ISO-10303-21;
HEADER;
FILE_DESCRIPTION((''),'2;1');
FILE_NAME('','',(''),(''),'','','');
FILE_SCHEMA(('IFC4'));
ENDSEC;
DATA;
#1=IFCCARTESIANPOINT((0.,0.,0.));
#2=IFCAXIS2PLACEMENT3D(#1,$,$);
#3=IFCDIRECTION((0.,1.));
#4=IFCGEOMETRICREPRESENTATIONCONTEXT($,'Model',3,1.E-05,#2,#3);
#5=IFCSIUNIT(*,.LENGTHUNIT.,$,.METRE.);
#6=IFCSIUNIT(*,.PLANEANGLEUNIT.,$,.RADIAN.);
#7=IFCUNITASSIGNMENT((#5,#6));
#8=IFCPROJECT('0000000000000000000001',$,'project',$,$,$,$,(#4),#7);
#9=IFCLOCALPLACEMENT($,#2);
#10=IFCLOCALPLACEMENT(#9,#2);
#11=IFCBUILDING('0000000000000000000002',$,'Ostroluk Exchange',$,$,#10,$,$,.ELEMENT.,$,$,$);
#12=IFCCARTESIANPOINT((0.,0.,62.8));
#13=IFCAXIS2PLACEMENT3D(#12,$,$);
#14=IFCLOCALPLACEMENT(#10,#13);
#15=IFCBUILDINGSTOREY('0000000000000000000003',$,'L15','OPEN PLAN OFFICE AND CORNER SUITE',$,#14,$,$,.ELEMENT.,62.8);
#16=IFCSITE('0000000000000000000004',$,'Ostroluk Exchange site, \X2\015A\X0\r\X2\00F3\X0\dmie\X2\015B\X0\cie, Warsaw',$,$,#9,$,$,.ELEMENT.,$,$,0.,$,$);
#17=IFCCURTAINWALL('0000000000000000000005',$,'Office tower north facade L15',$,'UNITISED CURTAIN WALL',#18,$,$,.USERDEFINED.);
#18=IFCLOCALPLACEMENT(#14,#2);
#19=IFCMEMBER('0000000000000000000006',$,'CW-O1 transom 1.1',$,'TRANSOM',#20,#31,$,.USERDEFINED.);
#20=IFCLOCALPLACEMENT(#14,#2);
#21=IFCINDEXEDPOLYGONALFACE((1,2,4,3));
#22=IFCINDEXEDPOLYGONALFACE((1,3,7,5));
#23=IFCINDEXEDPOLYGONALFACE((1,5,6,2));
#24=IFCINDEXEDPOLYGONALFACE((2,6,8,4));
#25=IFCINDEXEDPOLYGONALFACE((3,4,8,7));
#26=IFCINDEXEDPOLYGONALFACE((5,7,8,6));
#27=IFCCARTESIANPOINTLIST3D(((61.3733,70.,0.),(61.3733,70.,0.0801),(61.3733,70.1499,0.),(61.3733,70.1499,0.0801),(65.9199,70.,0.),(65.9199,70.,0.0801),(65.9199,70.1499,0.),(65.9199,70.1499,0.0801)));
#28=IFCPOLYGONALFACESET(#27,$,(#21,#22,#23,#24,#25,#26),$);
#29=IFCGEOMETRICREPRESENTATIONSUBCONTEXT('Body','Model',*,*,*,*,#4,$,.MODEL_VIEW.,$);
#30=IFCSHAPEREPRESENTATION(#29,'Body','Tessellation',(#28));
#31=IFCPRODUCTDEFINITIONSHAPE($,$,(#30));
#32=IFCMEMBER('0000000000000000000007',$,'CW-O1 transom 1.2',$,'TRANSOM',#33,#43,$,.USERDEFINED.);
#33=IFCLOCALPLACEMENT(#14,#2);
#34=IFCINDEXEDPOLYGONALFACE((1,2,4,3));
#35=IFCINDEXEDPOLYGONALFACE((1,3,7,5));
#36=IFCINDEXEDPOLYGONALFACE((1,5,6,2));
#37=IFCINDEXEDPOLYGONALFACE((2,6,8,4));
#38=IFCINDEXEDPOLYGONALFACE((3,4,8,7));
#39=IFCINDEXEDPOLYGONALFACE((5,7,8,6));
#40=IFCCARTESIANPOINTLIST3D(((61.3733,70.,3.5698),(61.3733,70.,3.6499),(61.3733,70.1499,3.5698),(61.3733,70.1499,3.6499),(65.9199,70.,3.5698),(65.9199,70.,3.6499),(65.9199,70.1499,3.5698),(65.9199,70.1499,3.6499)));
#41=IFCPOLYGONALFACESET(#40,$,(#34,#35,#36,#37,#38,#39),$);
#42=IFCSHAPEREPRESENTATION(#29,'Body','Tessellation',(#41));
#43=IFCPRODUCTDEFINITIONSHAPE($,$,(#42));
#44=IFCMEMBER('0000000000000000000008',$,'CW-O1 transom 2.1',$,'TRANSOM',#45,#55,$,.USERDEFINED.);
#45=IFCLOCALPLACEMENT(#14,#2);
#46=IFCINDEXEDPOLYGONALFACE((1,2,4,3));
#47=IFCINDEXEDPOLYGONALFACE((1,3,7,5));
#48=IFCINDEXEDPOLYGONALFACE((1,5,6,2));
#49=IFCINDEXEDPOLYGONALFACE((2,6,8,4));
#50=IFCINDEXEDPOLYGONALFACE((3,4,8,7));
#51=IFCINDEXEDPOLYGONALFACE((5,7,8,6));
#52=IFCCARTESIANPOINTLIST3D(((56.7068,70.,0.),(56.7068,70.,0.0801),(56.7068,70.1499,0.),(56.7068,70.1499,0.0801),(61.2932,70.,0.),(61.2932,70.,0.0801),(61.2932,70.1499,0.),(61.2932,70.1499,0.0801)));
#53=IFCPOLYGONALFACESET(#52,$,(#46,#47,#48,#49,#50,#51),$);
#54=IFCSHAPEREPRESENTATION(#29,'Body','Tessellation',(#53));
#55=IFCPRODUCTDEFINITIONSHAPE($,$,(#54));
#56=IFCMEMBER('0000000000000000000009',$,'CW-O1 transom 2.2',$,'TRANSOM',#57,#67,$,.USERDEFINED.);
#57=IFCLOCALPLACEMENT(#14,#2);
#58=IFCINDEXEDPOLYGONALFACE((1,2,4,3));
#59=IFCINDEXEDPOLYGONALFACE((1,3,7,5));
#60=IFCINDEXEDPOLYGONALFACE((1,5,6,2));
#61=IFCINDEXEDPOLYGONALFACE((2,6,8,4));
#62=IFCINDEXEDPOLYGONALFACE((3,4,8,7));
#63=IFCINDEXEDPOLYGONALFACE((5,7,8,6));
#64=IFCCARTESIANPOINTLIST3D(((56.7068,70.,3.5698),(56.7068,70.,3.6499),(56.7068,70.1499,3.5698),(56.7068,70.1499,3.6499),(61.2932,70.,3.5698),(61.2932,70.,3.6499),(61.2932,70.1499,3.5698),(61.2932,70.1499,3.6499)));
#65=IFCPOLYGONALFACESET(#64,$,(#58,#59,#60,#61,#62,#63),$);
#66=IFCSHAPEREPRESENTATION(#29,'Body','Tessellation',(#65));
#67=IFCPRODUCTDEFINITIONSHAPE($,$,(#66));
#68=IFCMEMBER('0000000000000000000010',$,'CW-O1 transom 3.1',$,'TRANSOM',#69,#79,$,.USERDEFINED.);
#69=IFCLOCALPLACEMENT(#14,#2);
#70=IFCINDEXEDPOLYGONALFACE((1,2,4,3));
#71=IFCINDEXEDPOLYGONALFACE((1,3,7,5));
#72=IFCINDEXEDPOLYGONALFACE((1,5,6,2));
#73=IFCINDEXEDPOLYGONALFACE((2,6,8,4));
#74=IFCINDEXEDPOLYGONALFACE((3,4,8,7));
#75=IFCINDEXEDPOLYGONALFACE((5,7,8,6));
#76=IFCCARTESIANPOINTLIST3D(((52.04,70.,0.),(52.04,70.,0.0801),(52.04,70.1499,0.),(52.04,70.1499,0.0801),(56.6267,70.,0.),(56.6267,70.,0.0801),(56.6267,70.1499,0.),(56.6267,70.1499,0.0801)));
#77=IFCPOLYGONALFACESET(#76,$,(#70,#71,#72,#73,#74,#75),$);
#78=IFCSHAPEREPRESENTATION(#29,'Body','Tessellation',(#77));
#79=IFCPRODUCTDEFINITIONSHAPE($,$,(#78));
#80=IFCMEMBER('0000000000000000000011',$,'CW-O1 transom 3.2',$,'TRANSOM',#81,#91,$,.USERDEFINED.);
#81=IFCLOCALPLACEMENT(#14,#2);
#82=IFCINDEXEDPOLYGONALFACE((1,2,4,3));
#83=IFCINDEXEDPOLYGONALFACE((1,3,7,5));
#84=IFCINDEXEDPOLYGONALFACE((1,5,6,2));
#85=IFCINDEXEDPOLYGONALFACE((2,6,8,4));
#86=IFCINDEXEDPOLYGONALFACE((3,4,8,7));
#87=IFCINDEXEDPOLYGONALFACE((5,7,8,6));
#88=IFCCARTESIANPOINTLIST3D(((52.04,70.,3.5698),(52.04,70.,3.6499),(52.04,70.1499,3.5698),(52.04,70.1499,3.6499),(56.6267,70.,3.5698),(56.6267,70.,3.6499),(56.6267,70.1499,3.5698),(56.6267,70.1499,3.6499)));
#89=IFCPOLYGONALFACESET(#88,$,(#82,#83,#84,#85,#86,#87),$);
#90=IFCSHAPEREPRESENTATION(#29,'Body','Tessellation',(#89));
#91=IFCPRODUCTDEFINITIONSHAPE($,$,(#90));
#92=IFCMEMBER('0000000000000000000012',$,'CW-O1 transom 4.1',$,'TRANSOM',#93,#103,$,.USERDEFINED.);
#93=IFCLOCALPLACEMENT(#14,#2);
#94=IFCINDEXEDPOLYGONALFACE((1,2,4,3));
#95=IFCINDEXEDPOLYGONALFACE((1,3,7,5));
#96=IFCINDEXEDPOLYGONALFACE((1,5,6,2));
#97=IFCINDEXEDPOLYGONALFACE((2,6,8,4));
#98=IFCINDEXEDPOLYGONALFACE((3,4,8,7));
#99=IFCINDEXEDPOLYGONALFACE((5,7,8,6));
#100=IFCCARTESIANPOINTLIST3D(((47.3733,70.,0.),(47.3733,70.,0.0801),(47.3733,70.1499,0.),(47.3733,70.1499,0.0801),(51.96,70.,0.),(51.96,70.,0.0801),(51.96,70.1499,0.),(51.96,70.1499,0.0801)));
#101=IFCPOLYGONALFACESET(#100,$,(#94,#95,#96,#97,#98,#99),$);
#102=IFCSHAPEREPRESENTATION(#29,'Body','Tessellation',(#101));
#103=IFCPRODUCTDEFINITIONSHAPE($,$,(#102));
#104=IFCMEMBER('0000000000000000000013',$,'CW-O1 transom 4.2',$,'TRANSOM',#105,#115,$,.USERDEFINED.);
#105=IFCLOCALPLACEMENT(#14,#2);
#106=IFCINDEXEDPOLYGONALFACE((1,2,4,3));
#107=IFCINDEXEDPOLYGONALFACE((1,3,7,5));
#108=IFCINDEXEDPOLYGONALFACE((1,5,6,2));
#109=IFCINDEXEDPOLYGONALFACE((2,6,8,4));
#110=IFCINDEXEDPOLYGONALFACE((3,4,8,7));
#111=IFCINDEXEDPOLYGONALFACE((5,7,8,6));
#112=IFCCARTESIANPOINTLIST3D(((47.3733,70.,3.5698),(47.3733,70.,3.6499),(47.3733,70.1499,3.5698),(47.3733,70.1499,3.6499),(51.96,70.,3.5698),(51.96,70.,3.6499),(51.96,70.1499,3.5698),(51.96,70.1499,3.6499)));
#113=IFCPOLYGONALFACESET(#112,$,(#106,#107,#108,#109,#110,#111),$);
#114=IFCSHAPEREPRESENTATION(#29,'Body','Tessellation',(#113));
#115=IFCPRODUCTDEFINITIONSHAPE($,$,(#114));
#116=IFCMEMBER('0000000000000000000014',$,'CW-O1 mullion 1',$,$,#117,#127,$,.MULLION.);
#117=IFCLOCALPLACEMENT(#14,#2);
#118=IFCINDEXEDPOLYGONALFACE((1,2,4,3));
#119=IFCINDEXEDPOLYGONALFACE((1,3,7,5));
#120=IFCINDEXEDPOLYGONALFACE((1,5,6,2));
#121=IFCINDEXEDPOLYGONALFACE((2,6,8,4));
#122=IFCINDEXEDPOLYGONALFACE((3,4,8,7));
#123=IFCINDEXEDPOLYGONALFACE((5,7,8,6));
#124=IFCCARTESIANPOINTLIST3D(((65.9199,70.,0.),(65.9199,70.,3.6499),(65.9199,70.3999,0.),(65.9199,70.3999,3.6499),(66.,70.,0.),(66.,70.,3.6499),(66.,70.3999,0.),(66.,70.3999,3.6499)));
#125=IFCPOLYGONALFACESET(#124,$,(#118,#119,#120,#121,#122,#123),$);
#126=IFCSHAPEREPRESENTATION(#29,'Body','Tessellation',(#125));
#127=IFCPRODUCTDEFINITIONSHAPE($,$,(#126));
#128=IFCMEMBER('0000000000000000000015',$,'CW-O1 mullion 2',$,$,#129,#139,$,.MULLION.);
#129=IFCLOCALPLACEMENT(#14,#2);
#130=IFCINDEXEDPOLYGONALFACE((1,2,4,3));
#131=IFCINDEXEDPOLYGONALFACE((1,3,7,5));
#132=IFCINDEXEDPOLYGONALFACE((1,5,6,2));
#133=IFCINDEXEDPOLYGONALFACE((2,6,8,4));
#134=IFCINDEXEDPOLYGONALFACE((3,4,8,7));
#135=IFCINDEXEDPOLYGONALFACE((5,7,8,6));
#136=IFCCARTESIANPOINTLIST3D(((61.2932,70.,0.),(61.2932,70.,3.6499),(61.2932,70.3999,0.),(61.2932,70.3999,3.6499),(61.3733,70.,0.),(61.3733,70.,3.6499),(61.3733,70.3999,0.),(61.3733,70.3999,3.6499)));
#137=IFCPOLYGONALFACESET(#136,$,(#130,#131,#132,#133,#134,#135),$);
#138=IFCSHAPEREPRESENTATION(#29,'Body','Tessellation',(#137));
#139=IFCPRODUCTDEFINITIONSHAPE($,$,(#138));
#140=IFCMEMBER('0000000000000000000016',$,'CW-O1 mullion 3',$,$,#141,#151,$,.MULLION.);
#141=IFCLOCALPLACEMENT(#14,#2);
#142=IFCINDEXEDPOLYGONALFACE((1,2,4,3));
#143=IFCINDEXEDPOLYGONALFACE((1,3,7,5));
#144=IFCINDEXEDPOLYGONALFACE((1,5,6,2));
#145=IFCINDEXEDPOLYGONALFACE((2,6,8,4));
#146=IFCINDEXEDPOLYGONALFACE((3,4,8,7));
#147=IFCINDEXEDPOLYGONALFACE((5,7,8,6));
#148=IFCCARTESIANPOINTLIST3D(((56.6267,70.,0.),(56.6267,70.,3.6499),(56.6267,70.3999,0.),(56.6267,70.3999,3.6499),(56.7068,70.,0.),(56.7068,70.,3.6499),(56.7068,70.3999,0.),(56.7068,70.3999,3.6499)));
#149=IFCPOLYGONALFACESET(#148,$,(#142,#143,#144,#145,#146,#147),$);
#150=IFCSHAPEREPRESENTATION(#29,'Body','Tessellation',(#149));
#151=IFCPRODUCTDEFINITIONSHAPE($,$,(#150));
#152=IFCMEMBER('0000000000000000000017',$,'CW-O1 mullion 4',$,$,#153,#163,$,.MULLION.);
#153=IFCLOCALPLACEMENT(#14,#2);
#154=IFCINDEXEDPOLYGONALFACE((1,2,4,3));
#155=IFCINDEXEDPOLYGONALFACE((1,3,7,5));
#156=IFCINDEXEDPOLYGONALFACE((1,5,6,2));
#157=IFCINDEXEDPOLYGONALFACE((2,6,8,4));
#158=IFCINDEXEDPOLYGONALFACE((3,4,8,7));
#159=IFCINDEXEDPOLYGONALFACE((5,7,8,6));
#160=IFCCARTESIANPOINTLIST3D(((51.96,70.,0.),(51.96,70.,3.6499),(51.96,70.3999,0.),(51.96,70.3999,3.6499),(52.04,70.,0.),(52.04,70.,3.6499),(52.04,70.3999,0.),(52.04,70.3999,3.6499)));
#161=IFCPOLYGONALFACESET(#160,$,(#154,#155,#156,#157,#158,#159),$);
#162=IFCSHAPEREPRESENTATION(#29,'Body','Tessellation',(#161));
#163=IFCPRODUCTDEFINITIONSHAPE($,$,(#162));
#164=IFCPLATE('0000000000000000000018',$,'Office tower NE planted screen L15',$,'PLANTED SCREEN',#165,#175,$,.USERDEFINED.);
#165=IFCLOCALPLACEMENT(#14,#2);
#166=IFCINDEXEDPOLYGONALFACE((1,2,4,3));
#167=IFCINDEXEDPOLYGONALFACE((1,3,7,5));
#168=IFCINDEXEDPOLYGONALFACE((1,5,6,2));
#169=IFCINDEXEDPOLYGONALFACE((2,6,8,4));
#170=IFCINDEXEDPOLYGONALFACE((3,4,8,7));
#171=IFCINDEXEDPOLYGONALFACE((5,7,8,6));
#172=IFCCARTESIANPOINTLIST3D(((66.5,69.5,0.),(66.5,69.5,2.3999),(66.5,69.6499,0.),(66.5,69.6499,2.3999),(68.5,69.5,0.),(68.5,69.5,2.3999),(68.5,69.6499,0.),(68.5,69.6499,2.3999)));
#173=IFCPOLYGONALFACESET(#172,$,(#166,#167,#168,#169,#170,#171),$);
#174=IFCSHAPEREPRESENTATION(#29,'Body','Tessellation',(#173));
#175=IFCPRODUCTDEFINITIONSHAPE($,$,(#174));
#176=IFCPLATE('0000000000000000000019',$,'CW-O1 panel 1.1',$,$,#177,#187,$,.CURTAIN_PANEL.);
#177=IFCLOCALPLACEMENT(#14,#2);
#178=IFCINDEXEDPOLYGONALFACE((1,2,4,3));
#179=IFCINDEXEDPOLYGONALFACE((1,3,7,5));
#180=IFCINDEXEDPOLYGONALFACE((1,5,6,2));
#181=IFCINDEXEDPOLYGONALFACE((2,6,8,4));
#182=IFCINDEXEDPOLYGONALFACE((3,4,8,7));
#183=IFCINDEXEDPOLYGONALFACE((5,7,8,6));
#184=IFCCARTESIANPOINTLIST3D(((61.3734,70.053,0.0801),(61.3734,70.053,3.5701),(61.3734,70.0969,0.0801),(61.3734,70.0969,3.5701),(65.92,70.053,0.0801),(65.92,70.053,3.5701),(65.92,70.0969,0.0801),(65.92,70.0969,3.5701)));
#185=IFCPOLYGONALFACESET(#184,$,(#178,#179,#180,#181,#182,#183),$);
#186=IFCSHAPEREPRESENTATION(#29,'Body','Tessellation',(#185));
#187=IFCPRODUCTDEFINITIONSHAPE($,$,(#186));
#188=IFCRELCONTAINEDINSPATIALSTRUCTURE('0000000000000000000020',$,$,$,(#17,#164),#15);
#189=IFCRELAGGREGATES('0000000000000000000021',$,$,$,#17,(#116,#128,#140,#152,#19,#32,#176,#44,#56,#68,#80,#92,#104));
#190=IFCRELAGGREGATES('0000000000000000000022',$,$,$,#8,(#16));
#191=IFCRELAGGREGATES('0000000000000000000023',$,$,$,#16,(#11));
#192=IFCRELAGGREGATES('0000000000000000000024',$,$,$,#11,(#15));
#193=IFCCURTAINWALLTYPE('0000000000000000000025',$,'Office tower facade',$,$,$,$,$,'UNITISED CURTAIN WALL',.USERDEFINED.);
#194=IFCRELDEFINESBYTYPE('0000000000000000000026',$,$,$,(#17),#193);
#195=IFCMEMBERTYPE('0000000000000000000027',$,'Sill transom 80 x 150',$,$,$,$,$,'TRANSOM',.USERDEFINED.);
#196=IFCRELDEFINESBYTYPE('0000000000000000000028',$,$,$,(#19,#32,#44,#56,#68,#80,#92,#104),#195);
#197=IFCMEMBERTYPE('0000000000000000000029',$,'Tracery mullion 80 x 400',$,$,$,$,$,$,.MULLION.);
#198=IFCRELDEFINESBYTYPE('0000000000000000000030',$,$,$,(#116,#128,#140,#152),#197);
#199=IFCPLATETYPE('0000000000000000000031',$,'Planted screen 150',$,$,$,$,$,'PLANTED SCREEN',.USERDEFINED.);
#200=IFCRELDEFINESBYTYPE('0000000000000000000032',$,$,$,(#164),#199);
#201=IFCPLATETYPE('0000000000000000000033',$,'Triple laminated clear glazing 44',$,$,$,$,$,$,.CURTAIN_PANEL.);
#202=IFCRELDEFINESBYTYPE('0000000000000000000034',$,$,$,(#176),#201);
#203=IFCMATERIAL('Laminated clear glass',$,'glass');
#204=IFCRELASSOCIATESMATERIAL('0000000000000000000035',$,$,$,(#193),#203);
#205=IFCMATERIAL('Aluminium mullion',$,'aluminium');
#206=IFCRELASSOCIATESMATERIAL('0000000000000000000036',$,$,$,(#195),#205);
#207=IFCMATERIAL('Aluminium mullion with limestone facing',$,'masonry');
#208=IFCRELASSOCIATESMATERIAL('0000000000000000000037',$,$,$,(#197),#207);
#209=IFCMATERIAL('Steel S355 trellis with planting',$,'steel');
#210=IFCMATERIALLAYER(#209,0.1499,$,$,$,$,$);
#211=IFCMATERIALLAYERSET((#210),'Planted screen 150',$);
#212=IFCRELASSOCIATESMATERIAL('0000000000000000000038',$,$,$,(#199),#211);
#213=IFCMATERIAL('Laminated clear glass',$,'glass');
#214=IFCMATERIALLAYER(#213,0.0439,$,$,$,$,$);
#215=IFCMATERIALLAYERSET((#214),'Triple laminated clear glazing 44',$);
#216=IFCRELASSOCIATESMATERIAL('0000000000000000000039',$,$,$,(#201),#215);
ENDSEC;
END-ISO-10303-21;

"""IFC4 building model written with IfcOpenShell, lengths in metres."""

from ifc_helpers import new_model, si_unit, direction, frame, origin, origin_2d, place, context, subcontext, project, spatial, rectangle, extrude, material, layer, layer_set, material_profile, profile_set, type_object, element, aggregate, save


model = new_model("IFC4")

# Units and contexts
model_context = context("Model", 3, precision=1e-05, world=origin(), true_north=direction((0.0, 1.0)))
body_context = subcontext(model_context, "Body", "Model", "MODEL_VIEW")
ifc_project = project(units=[si_unit("LENGTHUNIT", "METRE"), si_unit("PLANEANGLEUNIT", "RADIAN")], contexts=[model_context])

# Site, building, storey
site_placement = place(None, origin())
site = spatial("IfcSite", under=ifc_project, at=site_placement, Name="Ostroluk Exchange site, Śródmieście, Warsaw", CompositionType="ELEMENT", RefElevation=0.0)
building_placement = place(site_placement, origin())
building = spatial("IfcBuilding", under=site, at=building_placement, Name="Ostroluk Exchange", CompositionType="ELEMENT")
storey_placement = place(building_placement, frame((0.0, 0.0, 62.8)))
storey = spatial("IfcBuildingStorey", under=building, at=storey_placement, Name="L15", Description="OPEN PLAN OFFICE AND CORNER SUITE", CompositionType="ELEMENT", Elevation=62.8)

# Curtain wall, members
ifc_material_1 = material(Name="Laminated clear glass", Category="glass")
curtain_wall_type = type_object("IfcCurtainWallType", Name="Office tower facade", ElementType="UNITISED CURTAIN WALL", PredefinedType="USERDEFINED", material=ifc_material_1)
curtain_wall_placement = place(storey_placement, origin())
curtain_wall = element("IfcCurtainWall", 1, at=curtain_wall_placement, inside=storey, type_object=curtain_wall_type, Name="Office tower north facade L15", ObjectType="UNITISED CURTAIN WALL", PredefinedType="USERDEFINED")
ifc_material_2 = material(Name="Aluminium mullion", Category="aluminium")
ifc_material_profile_1 = material_profile(ifc_material_2, rectangle(XDim=0.1499, YDim=0.0801, at=origin_2d()), Name="Sill transom 80 x 150")
ifc_profile_set_1 = profile_set([ifc_material_profile_1], Name="Aluminium mullion")
member_type_1 = type_object("IfcMemberType", Name="Sill transom 80 x 150", ElementType="TRANSOM", PredefinedType="USERDEFINED", material=ifc_profile_set_1)
member_1_placement = place(storey_placement, frame((65.9199, 70.075, 0.04), z_axis=(-1.0, 0.0, 0.0), x_axis=(0.0, -1.0, 0.0)))
member_1 = element("IfcMember", 2, at=member_1_placement, type_object=member_type_1, Name="CW-O1 transom 1.1", ObjectType="TRANSOM", PredefinedType="USERDEFINED", context=body_context, shape_type="SweptSolid", body=[
    extrude(rectangle(XDim=0.1499, YDim=0.0801, at=origin_2d()), origin(), (0.0, 0.0, 1.0), 4.5466),
])
member_2_placement = place(storey_placement, frame((65.9199, 70.075, 3.6099), z_axis=(-1.0, 0.0, 0.0), x_axis=(0.0, -1.0, 0.0)))
member_2 = element("IfcMember", 3, at=member_2_placement, type_object=member_type_1, Name="CW-O1 transom 1.2", ObjectType="TRANSOM", PredefinedType="USERDEFINED", context=body_context, shape_type="SweptSolid", body=[
    extrude(rectangle(XDim=0.1499, YDim=0.0801, at=origin_2d()), origin(), (0.0, 0.0, 1.0), 4.5466),
])
member_3_placement = place(storey_placement, frame((61.2932, 70.075, 0.04), z_axis=(-1.0, 0.0, 0.0), x_axis=(0.0, -1.0, 0.0)))
member_3 = element("IfcMember", 4, at=member_3_placement, type_object=member_type_1, Name="CW-O1 transom 2.1", ObjectType="TRANSOM", PredefinedType="USERDEFINED", context=body_context, shape_type="SweptSolid", body=[
    extrude(rectangle(XDim=0.1499, YDim=0.0801, at=origin_2d()), origin(), (0.0, 0.0, 1.0), 4.5864),
])
member_4_placement = place(storey_placement, frame((61.2932, 70.075, 3.6099), z_axis=(-1.0, 0.0, 0.0), x_axis=(0.0, -1.0, 0.0)))
member_4 = element("IfcMember", 5, at=member_4_placement, type_object=member_type_1, Name="CW-O1 transom 2.2", ObjectType="TRANSOM", PredefinedType="USERDEFINED", context=body_context, shape_type="SweptSolid", body=[
    extrude(rectangle(XDim=0.1499, YDim=0.0801, at=origin_2d()), origin(), (0.0, 0.0, 1.0), 4.5864),
])
member_5_placement = place(storey_placement, frame((56.6267, 70.075, 0.04), z_axis=(-1.0, 0.0, 0.0), x_axis=(0.0, -1.0, 0.0)))
member_5 = element("IfcMember", 6, at=member_5_placement, type_object=member_type_1, Name="CW-O1 transom 3.1", ObjectType="TRANSOM", PredefinedType="USERDEFINED", context=body_context, shape_type="SweptSolid", body=[
    extrude(rectangle(XDim=0.1499, YDim=0.0801, at=origin_2d()), origin(), (0.0, 0.0, 1.0), 4.5867),
])
member_6_placement = place(storey_placement, frame((56.6267, 70.075, 3.6099), z_axis=(-1.0, 0.0, 0.0), x_axis=(0.0, -1.0, 0.0)))
member_6 = element("IfcMember", 7, at=member_6_placement, type_object=member_type_1, Name="CW-O1 transom 3.2", ObjectType="TRANSOM", PredefinedType="USERDEFINED", context=body_context, shape_type="SweptSolid", body=[
    extrude(rectangle(XDim=0.1499, YDim=0.0801, at=origin_2d()), origin(), (0.0, 0.0, 1.0), 4.5867),
])
member_7_placement = place(storey_placement, frame((51.96, 70.075, 0.04), z_axis=(-1.0, 0.0, 0.0), x_axis=(0.0, -1.0, 0.0)))
member_7 = element("IfcMember", 8, at=member_7_placement, type_object=member_type_1, Name="CW-O1 transom 4.1", ObjectType="TRANSOM", PredefinedType="USERDEFINED", context=body_context, shape_type="SweptSolid", body=[
    extrude(rectangle(XDim=0.1499, YDim=0.0801, at=origin_2d()), origin(), (0.0, 0.0, 1.0), 4.5867),
])
member_8_placement = place(storey_placement, frame((51.96, 70.075, 3.6099), z_axis=(-1.0, 0.0, 0.0), x_axis=(0.0, -1.0, 0.0)))
member_8 = element("IfcMember", 9, at=member_8_placement, type_object=member_type_1, Name="CW-O1 transom 4.2", ObjectType="TRANSOM", PredefinedType="USERDEFINED", context=body_context, shape_type="SweptSolid", body=[
    extrude(rectangle(XDim=0.1499, YDim=0.0801, at=origin_2d()), origin(), (0.0, 0.0, 1.0), 4.5867),
])
ifc_material_3 = material(Name="Aluminium mullion with limestone facing", Category="masonry")
ifc_material_profile_2 = material_profile(ifc_material_3, rectangle(XDim=0.3999, YDim=0.0801, at=origin_2d()), Name="Tracery mullion 80 x 400")
ifc_profile_set_2 = profile_set([ifc_material_profile_2], Name="Aluminium mullion with limestone facing")
member_type_2 = type_object("IfcMemberType", Name="Tracery mullion 80 x 400", PredefinedType="MULLION", material=ifc_profile_set_2)
member_9_placement = place(storey_placement, frame((65.96, 70.2, 0.0), z_axis=(0.0, 0.0, 1.0), x_axis=(0.0, -1.0, 0.0)))
member_9 = element("IfcMember", 10, at=member_9_placement, type_object=member_type_2, Name="CW-O1 mullion 1", PredefinedType="MULLION", context=body_context, shape_type="SweptSolid", body=[
    extrude(rectangle(XDim=0.3999, YDim=0.0801, at=origin_2d()), origin(), (0.0, 0.0, 1.0), 3.6499),
])
member_10_placement = place(storey_placement, frame((61.3333, 70.2, 0.0), z_axis=(0.0, 0.0, 1.0), x_axis=(0.0, -1.0, 0.0)))
member_10 = element("IfcMember", 11, at=member_10_placement, type_object=member_type_2, Name="CW-O1 mullion 2", PredefinedType="MULLION", context=body_context, shape_type="SweptSolid", body=[
    extrude(rectangle(XDim=0.3999, YDim=0.0801, at=origin_2d()), origin(), (0.0, 0.0, 1.0), 3.6499),
])
member_11_placement = place(storey_placement, frame((56.6667, 70.2, 0.0), z_axis=(0.0, 0.0, 1.0), x_axis=(0.0, -1.0, 0.0)))
member_11 = element("IfcMember", 12, at=member_11_placement, type_object=member_type_2, Name="CW-O1 mullion 3", PredefinedType="MULLION", context=body_context, shape_type="SweptSolid", body=[
    extrude(rectangle(XDim=0.3999, YDim=0.0801, at=origin_2d()), origin(), (0.0, 0.0, 1.0), 3.6499),
])
member_12_placement = place(storey_placement, frame((52.0, 70.2, 0.0), z_axis=(0.0, 0.0, 1.0), x_axis=(0.0, -1.0, 0.0)))
member_12 = element("IfcMember", 13, at=member_12_placement, type_object=member_type_2, Name="CW-O1 mullion 4", PredefinedType="MULLION", context=body_context, shape_type="SweptSolid", body=[
    extrude(rectangle(XDim=0.3999, YDim=0.0801, at=origin_2d()), origin(), (0.0, 0.0, 1.0), 3.6499),
])

# Plates
ifc_material_4 = material(Name="Steel S355 trellis with planting", Category="steel")
ifc_layer_1 = layer(ifc_material_4, 0.1499)
ifc_layer_set_1 = layer_set([ifc_layer_1], Name="Planted screen 150")
plate_type_1 = type_object("IfcPlateType", Name="Planted screen 150", ElementType="PLANTED SCREEN", PredefinedType="USERDEFINED", material=ifc_layer_set_1)
plate_1_placement = place(storey_placement, frame((67.5, 69.575, 0.0), z_axis=(0.0, 0.0, 1.0), x_axis=(1.0, 0.0, 0.0)))
element("IfcPlate", 14, at=plate_1_placement, inside=storey, type_object=plate_type_1, Name="Office tower NE planted screen L15", ObjectType="PLANTED SCREEN", PredefinedType="USERDEFINED", context=body_context, shape_type="SweptSolid", body=[
    extrude(rectangle(XDim=2.0, YDim=0.1499, at=origin_2d()), origin(), (0.0, 0.0, 1.0), 2.3999),
])
ifc_material_5 = material(Name="Laminated clear glass", Category="glass")
ifc_layer_2 = layer(ifc_material_5, 0.0439)
ifc_layer_set_2 = layer_set([ifc_layer_2], Name="Triple laminated clear glazing 44")
plate_type_2 = type_object("IfcPlateType", Name="Triple laminated clear glazing 44", PredefinedType="CURTAIN_PANEL", material=ifc_layer_set_2)
plate_2_placement = place(storey_placement, frame((63.6467, 70.075, 0.0801), z_axis=(0.0, 0.0, 1.0), x_axis=(-1.0, 0.0, 0.0)))
plate_2 = element("IfcPlate", 15, at=plate_2_placement, type_object=plate_type_2, Name="CW-O1 panel 1.1", PredefinedType="CURTAIN_PANEL", context=body_context, shape_type="SweptSolid", body=[
    extrude(rectangle(XDim=4.5466, YDim=0.0439, at=origin_2d()), origin(), (0.0, 0.0, 1.0), 3.49),
])
aggregate(curtain_wall, [member_9, member_10, member_11, member_12, member_1, member_2, plate_2, member_3, member_4, member_5, member_6, member_7, member_8])

save(model, "model.ifc")
